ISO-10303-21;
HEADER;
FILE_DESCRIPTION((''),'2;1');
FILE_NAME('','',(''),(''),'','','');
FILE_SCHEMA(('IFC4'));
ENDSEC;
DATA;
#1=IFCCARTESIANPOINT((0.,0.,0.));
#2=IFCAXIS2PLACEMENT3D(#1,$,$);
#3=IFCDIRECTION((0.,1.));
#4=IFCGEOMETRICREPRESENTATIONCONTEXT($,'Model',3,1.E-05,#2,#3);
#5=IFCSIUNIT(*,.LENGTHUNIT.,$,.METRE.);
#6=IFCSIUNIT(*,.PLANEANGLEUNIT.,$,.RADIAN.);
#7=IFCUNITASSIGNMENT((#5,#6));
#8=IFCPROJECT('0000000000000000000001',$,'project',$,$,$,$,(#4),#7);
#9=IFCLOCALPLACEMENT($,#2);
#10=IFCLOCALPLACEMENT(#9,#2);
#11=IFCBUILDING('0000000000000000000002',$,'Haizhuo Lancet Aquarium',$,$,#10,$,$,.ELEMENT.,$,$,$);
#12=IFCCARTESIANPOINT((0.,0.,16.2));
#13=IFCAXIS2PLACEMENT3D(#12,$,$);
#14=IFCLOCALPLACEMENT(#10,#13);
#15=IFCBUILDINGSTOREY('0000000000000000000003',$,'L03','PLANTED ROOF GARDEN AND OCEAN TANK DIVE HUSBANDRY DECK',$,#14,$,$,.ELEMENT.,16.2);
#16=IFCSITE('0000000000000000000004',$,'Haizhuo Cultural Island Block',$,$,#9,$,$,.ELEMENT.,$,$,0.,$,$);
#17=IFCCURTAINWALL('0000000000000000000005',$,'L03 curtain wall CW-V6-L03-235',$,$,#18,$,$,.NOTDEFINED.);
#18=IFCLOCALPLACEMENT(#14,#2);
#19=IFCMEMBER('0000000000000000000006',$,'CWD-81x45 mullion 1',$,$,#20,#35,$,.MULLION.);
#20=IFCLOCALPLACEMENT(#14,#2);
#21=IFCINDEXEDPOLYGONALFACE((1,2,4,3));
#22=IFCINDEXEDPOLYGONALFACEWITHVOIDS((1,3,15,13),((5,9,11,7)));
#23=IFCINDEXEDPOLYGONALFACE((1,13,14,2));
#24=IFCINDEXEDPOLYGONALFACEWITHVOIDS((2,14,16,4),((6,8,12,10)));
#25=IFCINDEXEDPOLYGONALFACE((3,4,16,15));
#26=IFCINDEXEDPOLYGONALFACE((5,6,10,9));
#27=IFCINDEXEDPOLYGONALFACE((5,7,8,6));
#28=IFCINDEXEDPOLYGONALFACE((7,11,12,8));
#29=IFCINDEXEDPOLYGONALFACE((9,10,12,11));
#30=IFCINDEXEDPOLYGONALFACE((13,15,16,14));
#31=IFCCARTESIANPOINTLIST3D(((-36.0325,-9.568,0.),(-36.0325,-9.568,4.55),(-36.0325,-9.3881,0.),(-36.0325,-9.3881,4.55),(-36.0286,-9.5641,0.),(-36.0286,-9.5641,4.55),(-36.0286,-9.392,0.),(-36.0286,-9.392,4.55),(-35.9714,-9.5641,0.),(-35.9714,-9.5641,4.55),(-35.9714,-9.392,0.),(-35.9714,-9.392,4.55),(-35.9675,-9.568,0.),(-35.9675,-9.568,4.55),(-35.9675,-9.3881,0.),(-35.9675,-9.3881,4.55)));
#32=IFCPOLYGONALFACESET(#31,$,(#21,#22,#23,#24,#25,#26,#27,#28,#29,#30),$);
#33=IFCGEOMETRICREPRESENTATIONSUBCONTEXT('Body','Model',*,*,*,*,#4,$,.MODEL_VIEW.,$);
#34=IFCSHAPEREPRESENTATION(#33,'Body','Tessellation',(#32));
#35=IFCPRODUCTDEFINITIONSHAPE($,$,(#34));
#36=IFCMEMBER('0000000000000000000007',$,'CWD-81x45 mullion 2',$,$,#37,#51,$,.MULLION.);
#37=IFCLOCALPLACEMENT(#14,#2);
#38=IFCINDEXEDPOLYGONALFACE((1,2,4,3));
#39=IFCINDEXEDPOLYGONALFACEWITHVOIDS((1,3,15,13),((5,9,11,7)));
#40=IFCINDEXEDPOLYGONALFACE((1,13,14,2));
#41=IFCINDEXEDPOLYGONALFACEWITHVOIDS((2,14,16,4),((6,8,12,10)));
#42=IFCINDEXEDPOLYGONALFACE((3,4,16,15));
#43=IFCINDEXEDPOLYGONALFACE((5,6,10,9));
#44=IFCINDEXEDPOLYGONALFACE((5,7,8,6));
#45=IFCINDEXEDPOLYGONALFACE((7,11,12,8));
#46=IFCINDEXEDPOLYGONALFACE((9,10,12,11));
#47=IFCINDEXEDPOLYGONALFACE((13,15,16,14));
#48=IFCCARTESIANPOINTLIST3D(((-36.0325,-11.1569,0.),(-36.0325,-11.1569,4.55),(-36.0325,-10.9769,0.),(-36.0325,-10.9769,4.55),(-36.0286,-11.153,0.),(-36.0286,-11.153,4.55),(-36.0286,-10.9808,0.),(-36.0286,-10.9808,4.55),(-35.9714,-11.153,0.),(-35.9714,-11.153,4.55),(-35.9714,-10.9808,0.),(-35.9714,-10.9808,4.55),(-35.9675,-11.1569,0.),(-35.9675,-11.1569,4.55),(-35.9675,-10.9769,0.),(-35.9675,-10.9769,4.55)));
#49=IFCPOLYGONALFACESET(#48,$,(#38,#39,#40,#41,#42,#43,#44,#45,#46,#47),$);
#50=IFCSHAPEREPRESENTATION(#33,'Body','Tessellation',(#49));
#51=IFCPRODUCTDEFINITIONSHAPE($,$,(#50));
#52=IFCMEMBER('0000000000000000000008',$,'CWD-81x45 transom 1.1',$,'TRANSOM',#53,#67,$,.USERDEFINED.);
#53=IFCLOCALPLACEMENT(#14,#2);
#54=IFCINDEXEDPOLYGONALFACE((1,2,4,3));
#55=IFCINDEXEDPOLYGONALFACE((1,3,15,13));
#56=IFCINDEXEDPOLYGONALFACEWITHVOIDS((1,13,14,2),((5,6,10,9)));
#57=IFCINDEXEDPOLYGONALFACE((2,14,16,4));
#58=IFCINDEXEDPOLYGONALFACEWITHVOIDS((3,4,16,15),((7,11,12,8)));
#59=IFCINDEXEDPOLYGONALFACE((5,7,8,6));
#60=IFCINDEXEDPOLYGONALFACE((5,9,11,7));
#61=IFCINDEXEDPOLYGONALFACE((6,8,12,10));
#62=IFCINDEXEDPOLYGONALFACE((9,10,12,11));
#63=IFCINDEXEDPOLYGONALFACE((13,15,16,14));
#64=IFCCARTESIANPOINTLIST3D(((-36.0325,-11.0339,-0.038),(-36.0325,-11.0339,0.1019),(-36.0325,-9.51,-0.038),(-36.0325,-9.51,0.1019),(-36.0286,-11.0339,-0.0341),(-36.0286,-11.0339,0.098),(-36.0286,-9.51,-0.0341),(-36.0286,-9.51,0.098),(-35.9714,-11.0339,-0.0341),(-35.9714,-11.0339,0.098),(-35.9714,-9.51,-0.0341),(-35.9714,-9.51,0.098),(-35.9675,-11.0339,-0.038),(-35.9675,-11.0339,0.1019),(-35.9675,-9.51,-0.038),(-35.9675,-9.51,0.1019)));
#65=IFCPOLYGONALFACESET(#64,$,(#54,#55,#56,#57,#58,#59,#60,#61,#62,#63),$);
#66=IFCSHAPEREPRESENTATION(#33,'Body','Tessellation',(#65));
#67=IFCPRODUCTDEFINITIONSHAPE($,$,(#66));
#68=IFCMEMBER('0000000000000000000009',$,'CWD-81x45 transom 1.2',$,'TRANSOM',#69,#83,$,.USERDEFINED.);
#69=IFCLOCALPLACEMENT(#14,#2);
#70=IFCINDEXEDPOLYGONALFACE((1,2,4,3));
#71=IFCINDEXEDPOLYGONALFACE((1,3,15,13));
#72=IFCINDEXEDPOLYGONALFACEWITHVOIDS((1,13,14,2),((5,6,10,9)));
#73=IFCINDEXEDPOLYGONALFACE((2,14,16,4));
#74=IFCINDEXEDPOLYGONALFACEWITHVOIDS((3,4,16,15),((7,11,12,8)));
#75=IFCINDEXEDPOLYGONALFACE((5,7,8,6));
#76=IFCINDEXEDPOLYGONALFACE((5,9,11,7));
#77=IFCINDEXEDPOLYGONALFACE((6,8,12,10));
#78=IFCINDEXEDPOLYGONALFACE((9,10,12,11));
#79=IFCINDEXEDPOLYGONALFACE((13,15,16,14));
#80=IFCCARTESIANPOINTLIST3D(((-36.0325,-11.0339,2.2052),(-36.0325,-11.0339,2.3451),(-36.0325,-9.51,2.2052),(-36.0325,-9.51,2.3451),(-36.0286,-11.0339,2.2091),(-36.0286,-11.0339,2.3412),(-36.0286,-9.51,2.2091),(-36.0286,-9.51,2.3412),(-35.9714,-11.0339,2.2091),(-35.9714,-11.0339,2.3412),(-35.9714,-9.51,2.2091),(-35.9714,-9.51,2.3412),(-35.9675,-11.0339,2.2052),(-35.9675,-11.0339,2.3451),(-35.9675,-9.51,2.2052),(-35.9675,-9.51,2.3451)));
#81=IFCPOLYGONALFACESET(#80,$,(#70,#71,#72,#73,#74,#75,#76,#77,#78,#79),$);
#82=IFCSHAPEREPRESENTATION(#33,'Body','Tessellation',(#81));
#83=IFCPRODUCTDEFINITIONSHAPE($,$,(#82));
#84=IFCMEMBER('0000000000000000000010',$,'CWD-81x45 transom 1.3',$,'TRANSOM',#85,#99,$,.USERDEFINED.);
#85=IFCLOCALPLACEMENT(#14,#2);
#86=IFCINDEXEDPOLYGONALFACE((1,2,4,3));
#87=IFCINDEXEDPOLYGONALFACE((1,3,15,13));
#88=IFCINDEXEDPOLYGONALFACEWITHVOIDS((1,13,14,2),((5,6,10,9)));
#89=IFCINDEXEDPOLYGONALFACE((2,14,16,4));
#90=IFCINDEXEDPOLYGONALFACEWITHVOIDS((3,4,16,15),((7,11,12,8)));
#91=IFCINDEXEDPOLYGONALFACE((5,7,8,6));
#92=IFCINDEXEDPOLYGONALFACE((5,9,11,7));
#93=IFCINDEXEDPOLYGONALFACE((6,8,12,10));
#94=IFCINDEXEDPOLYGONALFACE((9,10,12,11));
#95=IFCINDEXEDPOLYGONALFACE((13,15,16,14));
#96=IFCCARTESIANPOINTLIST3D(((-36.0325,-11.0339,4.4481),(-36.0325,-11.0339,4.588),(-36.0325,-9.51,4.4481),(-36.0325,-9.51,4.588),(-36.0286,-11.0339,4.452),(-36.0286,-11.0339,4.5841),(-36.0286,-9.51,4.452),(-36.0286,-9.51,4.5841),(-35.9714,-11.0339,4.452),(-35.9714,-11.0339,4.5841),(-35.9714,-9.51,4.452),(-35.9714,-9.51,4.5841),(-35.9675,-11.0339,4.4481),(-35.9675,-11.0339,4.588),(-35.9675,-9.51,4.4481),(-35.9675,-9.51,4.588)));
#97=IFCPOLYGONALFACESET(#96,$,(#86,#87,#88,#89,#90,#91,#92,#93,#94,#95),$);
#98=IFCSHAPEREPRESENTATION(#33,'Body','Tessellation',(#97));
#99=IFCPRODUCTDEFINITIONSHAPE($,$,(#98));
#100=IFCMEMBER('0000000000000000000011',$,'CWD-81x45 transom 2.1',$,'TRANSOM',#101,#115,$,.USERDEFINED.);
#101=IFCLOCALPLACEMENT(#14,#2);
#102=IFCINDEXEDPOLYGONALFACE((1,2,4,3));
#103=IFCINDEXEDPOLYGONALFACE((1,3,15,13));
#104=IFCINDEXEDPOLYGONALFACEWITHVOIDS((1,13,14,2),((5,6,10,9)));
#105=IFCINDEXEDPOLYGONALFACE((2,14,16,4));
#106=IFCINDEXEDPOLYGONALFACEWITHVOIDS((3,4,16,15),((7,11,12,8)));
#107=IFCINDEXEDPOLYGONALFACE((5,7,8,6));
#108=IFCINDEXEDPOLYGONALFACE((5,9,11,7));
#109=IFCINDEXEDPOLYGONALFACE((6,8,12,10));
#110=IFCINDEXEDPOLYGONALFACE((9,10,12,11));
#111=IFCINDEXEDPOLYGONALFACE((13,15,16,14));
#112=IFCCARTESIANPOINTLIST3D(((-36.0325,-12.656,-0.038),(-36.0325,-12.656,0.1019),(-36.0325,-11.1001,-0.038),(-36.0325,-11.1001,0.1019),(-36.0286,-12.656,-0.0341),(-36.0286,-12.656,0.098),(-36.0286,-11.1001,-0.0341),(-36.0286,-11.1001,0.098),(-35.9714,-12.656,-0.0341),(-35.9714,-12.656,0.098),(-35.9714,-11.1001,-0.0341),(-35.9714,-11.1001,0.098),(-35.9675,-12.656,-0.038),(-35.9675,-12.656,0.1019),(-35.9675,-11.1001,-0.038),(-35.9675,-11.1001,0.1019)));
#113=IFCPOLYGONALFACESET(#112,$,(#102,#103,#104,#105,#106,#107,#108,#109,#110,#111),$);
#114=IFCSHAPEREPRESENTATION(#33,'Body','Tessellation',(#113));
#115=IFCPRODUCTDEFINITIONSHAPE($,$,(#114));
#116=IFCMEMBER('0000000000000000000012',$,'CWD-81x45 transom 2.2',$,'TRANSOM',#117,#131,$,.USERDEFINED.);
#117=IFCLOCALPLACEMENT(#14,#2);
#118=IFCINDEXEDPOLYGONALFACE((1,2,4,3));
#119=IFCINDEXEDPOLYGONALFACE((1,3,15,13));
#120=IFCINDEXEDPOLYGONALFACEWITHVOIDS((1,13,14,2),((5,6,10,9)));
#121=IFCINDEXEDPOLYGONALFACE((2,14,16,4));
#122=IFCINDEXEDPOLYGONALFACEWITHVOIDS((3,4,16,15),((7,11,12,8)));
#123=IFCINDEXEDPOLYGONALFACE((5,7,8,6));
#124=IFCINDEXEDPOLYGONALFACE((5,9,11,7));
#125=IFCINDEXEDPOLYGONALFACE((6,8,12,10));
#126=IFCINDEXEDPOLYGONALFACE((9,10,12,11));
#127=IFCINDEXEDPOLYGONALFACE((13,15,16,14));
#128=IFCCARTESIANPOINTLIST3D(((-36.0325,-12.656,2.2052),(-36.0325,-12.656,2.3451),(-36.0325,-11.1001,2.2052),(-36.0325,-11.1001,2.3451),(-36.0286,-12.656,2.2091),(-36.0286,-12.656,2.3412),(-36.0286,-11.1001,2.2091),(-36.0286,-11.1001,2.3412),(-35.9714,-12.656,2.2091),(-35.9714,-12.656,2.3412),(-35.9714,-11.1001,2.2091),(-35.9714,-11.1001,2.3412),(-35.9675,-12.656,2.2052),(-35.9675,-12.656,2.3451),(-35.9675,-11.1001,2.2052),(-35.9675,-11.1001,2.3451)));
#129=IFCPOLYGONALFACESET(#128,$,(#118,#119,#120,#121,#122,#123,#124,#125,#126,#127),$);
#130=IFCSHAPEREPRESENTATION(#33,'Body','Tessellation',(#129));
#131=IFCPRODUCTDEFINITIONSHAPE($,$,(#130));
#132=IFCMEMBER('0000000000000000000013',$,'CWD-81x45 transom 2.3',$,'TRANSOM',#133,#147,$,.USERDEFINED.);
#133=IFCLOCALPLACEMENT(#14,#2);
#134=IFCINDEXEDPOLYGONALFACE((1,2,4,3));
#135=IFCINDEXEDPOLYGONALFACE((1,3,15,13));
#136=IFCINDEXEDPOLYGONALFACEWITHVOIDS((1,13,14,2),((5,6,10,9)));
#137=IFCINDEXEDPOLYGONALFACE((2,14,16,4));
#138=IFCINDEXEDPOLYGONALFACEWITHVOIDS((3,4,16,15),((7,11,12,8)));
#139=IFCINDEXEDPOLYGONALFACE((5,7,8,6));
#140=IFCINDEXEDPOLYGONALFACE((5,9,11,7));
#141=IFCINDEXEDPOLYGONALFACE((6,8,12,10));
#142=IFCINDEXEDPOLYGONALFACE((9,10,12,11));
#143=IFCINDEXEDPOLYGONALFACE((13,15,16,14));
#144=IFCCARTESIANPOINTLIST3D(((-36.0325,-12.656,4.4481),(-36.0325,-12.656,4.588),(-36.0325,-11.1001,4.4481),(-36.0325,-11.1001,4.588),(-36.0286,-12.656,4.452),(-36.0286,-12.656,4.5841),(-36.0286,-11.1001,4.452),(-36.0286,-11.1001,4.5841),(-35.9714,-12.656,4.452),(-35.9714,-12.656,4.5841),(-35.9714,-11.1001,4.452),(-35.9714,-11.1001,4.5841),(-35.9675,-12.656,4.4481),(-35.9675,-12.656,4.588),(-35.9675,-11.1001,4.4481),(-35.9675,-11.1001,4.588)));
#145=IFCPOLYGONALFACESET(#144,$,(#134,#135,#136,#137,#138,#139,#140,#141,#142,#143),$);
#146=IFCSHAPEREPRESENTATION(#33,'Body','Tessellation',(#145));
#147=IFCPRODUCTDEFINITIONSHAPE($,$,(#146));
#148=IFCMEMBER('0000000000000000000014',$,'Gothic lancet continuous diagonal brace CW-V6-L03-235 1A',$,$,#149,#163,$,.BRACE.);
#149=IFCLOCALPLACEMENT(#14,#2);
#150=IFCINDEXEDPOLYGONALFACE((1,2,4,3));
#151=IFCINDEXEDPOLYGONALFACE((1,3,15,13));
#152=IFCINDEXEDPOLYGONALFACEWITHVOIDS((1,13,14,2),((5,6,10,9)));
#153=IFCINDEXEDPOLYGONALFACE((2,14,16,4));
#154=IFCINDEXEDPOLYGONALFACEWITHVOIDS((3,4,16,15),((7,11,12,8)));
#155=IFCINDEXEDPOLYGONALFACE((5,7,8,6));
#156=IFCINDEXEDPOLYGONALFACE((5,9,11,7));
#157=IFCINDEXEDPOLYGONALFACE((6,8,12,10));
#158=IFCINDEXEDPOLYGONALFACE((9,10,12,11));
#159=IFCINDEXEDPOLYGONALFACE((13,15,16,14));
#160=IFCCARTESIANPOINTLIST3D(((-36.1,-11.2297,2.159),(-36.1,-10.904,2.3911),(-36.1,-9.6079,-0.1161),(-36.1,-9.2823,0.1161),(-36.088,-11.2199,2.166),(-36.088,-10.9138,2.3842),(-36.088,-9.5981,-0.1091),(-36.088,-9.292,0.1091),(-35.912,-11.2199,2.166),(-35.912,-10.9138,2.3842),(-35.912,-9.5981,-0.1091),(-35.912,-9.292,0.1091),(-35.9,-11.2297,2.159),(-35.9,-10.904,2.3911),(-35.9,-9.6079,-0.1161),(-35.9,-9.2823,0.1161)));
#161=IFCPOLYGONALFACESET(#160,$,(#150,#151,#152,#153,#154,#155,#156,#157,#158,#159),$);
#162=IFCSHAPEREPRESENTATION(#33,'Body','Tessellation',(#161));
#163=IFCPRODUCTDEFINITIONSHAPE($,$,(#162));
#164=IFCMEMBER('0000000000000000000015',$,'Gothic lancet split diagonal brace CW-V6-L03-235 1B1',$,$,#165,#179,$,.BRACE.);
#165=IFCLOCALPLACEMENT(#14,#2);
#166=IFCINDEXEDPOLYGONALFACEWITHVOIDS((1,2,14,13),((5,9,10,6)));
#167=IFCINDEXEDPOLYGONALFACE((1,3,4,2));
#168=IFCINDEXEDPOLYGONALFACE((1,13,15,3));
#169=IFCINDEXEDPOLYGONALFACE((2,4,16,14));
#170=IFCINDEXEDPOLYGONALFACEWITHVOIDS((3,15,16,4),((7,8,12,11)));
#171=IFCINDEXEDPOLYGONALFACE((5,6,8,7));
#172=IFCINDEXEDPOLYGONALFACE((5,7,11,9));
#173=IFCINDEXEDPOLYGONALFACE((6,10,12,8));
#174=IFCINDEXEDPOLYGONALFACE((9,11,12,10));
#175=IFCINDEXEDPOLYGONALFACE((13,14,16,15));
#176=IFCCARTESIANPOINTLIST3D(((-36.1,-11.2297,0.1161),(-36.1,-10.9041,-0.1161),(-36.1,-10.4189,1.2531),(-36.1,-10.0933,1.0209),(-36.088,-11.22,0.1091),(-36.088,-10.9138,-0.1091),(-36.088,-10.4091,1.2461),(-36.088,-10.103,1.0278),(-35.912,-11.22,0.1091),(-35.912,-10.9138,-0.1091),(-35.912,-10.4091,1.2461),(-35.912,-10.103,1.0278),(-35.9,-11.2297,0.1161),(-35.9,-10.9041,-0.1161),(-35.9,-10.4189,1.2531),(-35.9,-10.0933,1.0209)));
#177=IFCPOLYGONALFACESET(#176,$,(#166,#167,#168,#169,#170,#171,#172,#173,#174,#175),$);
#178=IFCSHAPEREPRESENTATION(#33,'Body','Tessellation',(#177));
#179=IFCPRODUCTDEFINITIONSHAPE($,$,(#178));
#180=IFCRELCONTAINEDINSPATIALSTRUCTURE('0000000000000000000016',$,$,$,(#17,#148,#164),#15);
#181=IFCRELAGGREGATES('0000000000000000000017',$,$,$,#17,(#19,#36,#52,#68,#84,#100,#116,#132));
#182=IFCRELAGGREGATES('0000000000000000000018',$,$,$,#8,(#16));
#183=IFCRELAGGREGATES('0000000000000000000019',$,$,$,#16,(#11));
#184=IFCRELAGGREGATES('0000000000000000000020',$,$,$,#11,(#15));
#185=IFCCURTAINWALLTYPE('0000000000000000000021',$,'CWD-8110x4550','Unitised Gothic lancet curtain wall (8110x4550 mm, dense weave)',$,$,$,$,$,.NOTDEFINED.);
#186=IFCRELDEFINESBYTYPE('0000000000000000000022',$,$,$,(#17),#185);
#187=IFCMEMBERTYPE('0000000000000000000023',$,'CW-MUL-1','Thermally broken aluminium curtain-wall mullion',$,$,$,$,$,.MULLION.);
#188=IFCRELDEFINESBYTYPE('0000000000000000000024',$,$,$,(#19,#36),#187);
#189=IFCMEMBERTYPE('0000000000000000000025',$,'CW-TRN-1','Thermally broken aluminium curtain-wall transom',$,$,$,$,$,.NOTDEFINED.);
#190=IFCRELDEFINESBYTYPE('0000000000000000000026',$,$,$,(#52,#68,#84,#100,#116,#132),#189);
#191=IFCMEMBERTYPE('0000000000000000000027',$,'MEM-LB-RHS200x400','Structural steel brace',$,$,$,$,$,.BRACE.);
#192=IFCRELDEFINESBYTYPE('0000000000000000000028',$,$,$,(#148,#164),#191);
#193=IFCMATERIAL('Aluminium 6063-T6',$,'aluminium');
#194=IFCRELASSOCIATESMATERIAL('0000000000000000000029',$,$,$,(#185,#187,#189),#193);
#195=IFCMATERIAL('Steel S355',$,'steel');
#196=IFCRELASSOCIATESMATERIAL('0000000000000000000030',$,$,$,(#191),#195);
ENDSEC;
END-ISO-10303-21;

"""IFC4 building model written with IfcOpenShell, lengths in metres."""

from ifc_helpers import new_model, si_unit, direction, frame, origin, origin_2d, place, context, subcontext, project, spatial, hollow_rectangle, extrude, material, material_profile, profile_set, type_object, element, aggregate, save


model = new_model("IFC4")

# Units and contexts
model_context = context("Model", 3, precision=1e-05, world=origin(), true_north=direction((0.0, 1.0)))
body_context = subcontext(model_context, "Body", "Model", "MODEL_VIEW")
ifc_project = project(units=[si_unit("LENGTHUNIT", "METRE"), si_unit("PLANEANGLEUNIT", "RADIAN")], contexts=[model_context])

# Site, building, storey
site_placement = place(None, origin())
site = spatial("IfcSite", under=ifc_project, at=site_placement, Name="Haizhuo Cultural Island Block", CompositionType="ELEMENT", RefElevation=0.0)
building_placement = place(site_placement, origin())
building = spatial("IfcBuilding", under=site, at=building_placement, Name="Haizhuo Lancet Aquarium", CompositionType="ELEMENT")
storey_placement = place(building_placement, frame((0.0, 0.0, 16.2)))
storey = spatial("IfcBuildingStorey", under=building, at=storey_placement, Name="L03", Description="PLANTED ROOF GARDEN AND OCEAN TANK DIVE HUSBANDRY DECK", CompositionType="ELEMENT", Elevation=16.2)

# Curtain wall, members
ifc_material_1 = material(Name="Aluminium 6063-T6", Category="aluminium")
curtain_wall_type = type_object("IfcCurtainWallType", Name="CWD-8110x4550", Description="Unitised Gothic lancet curtain wall (8110x4550 mm, dense weave)", PredefinedType="NOTDEFINED", material=ifc_material_1)
curtain_wall_placement = place(storey_placement, origin())
curtain_wall = element("IfcCurtainWall", 1, at=curtain_wall_placement, inside=storey, type_object=curtain_wall_type, Name="L03 curtain wall CW-V6-L03-235", PredefinedType="NOTDEFINED")
ifc_material_profile_1 = material_profile(ifc_material_1, hollow_rectangle(XDim=0.0649, YDim=0.1799, WallThickness=0.0039, at=origin_2d()), Name="ALU-M 65x180x4")
ifc_profile_set_1 = profile_set([ifc_material_profile_1], Name="Aluminium 6063-T6")
member_type_1 = type_object("IfcMemberType", Name="CW-MUL-1", Description="Thermally broken aluminium curtain-wall mullion", PredefinedType="MULLION", material=ifc_profile_set_1)
member_1_placement = place(storey_placement, frame((-36.0, -9.478, 0.0), z_axis=(0.0, 0.0, 1.0), x_axis=(1.0, 0.0, 0.0)))
member_1 = element("IfcMember", 2, at=member_1_placement, type_object=member_type_1, Name="CWD-81x45 mullion 1", PredefinedType="MULLION", context=body_context, shape_type="SweptSolid", body=[
    extrude(hollow_rectangle(XDim=0.0649, YDim=0.1799, WallThickness=0.0039, at=origin_2d()), origin(), (0.0, 0.0, 1.0), 4.55),
])
member_2_placement = place(storey_placement, frame((-36.0, -11.0669, 0.0), z_axis=(0.0, 0.0, 1.0), x_axis=(1.0, 0.0, 0.0)))
member_2 = element("IfcMember", 3, at=member_2_placement, type_object=member_type_1, Name="CWD-81x45 mullion 2", PredefinedType="MULLION", context=body_context, shape_type="SweptSolid", body=[
    extrude(hollow_rectangle(XDim=0.0649, YDim=0.1799, WallThickness=0.0039, at=origin_2d()), origin(), (0.0, 0.0, 1.0), 4.55),
])
ifc_material_profile_2 = material_profile(ifc_material_1, hollow_rectangle(XDim=0.0649, YDim=0.1399, WallThickness=0.0039, at=origin_2d()), Name="ALU-T 65x140x4")
ifc_profile_set_2 = profile_set([ifc_material_profile_2], Name="Aluminium 6063-T6")
member_type_2 = type_object("IfcMemberType", Name="CW-TRN-1", Description="Thermally broken aluminium curtain-wall transom", PredefinedType="NOTDEFINED", material=ifc_profile_set_2)
member_3_placement = place(storey_placement, frame((-36.0, -9.51, 0.032), z_axis=(0.0, -1.0, 0.0), x_axis=(1.0, 0.0, 0.0)))
member_3 = element("IfcMember", 4, at=member_3_placement, type_object=member_type_2, Name="CWD-81x45 transom 1.1", ObjectType="TRANSOM", PredefinedType="USERDEFINED", context=body_context, shape_type="SweptSolid", body=[
    extrude(hollow_rectangle(XDim=0.0649, YDim=0.1399, WallThickness=0.0039, at=origin_2d()), origin(), (0.0, 0.0, 1.0), 1.5239),
])
member_4_placement = place(storey_placement, frame((-36.0, -9.51, 2.2751), z_axis=(0.0, -1.0, 0.0), x_axis=(1.0, 0.0, 0.0)))
member_4 = element("IfcMember", 5, at=member_4_placement, type_object=member_type_2, Name="CWD-81x45 transom 1.2", ObjectType="TRANSOM", PredefinedType="USERDEFINED", context=body_context, shape_type="SweptSolid", body=[
    extrude(hollow_rectangle(XDim=0.0649, YDim=0.1399, WallThickness=0.0039, at=origin_2d()), origin(), (0.0, 0.0, 1.0), 1.5239),
])
member_5_placement = place(storey_placement, frame((-36.0, -9.51, 4.5181), z_axis=(0.0, -1.0, 0.0), x_axis=(1.0, 0.0, 0.0)))
member_5 = element("IfcMember", 6, at=member_5_placement, type_object=member_type_2, Name="CWD-81x45 transom 1.3", ObjectType="TRANSOM", PredefinedType="USERDEFINED", context=body_context, shape_type="SweptSolid", body=[
    extrude(hollow_rectangle(XDim=0.0649, YDim=0.1399, WallThickness=0.0039, at=origin_2d()), origin(), (0.0, 0.0, 1.0), 1.5239),
])
member_6_placement = place(storey_placement, frame((-36.0, -11.1001, 0.032), z_axis=(0.0, -1.0, 0.0), x_axis=(1.0, 0.0, 0.0)))
member_6 = element("IfcMember", 7, at=member_6_placement, type_object=member_type_2, Name="CWD-81x45 transom 2.1", ObjectType="TRANSOM", PredefinedType="USERDEFINED", context=body_context, shape_type="SweptSolid", body=[
    extrude(hollow_rectangle(XDim=0.0649, YDim=0.1399, WallThickness=0.0039, at=origin_2d()), origin(), (0.0, 0.0, 1.0), 1.5559),
])
member_7_placement = place(storey_placement, frame((-36.0, -11.1001, 2.2751), z_axis=(0.0, -1.0, 0.0), x_axis=(1.0, 0.0, 0.0)))
member_7 = element("IfcMember", 8, at=member_7_placement, type_object=member_type_2, Name="CWD-81x45 transom 2.2", ObjectType="TRANSOM", PredefinedType="USERDEFINED", context=body_context, shape_type="SweptSolid", body=[
    extrude(hollow_rectangle(XDim=0.0649, YDim=0.1399, WallThickness=0.0039, at=origin_2d()), origin(), (0.0, 0.0, 1.0), 1.5559),
])
member_8_placement = place(storey_placement, frame((-36.0, -11.1001, 4.5181), z_axis=(0.0, -1.0, 0.0), x_axis=(1.0, 0.0, 0.0)))
member_8 = element("IfcMember", 9, at=member_8_placement, type_object=member_type_2, Name="CWD-81x45 transom 2.3", ObjectType="TRANSOM", PredefinedType="USERDEFINED", context=body_context, shape_type="SweptSolid", body=[
    extrude(hollow_rectangle(XDim=0.0649, YDim=0.1399, WallThickness=0.0039, at=origin_2d()), origin(), (0.0, 0.0, 1.0), 1.5559),
])

# Members
ifc_material_2 = material(Name="Steel S355", Category="steel")
ifc_material_profile_3 = material_profile(ifc_material_2, hollow_rectangle(XDim=0.2, YDim=0.3999, WallThickness=0.012, at=origin_2d()), Name="RHS 200x400x12")
ifc_profile_set_3 = profile_set([ifc_material_profile_3], Name="Steel S355")
member_type_3 = type_object("IfcMemberType", Name="MEM-LB-RHS200x400", Description="Structural steel brace", PredefinedType="BRACE", material=ifc_profile_set_3)
member_9_placement = place(storey_placement, frame((-36.0, -9.4451, 0.0), z_axis=(0.0, -0.580461, 0.814288), x_axis=(1.0, 0.0, 0.0)))
element("IfcMember", 10, at=member_9_placement, inside=storey, type_object=member_type_3, Name="Gothic lancet continuous diagonal brace CW-V6-L03-235 1A", PredefinedType="BRACE", context=body_context, shape_type="SweptSolid", body=[
    extrude(hollow_rectangle(XDim=0.2, YDim=0.3999, WallThickness=0.012, at=origin_2d()), origin(), (0.0, 0.0, 1.0), 2.7939),
])
member_10_placement = place(storey_placement, frame((-36.0, -11.0669, 0.0), z_axis=(0.0, 0.58061, 0.814182), x_axis=(-1.0, 0.0, 0.0)))
element("IfcMember", 11, at=member_10_placement, inside=storey, type_object=member_type_3, Name="Gothic lancet split diagonal brace CW-V6-L03-235 1B1", PredefinedType="BRACE", context=body_context, shape_type="SweptSolid", body=[
    extrude(hollow_rectangle(XDim=0.2, YDim=0.3999, WallThickness=0.012, at=origin_2d()), origin(), (0.0, 0.0, 1.0), 1.3965),
])

aggregate(curtain_wall, [member_1, member_2, member_3, member_4, member_5, member_6, member_7, member_8])

save(model, "model.ifc")
